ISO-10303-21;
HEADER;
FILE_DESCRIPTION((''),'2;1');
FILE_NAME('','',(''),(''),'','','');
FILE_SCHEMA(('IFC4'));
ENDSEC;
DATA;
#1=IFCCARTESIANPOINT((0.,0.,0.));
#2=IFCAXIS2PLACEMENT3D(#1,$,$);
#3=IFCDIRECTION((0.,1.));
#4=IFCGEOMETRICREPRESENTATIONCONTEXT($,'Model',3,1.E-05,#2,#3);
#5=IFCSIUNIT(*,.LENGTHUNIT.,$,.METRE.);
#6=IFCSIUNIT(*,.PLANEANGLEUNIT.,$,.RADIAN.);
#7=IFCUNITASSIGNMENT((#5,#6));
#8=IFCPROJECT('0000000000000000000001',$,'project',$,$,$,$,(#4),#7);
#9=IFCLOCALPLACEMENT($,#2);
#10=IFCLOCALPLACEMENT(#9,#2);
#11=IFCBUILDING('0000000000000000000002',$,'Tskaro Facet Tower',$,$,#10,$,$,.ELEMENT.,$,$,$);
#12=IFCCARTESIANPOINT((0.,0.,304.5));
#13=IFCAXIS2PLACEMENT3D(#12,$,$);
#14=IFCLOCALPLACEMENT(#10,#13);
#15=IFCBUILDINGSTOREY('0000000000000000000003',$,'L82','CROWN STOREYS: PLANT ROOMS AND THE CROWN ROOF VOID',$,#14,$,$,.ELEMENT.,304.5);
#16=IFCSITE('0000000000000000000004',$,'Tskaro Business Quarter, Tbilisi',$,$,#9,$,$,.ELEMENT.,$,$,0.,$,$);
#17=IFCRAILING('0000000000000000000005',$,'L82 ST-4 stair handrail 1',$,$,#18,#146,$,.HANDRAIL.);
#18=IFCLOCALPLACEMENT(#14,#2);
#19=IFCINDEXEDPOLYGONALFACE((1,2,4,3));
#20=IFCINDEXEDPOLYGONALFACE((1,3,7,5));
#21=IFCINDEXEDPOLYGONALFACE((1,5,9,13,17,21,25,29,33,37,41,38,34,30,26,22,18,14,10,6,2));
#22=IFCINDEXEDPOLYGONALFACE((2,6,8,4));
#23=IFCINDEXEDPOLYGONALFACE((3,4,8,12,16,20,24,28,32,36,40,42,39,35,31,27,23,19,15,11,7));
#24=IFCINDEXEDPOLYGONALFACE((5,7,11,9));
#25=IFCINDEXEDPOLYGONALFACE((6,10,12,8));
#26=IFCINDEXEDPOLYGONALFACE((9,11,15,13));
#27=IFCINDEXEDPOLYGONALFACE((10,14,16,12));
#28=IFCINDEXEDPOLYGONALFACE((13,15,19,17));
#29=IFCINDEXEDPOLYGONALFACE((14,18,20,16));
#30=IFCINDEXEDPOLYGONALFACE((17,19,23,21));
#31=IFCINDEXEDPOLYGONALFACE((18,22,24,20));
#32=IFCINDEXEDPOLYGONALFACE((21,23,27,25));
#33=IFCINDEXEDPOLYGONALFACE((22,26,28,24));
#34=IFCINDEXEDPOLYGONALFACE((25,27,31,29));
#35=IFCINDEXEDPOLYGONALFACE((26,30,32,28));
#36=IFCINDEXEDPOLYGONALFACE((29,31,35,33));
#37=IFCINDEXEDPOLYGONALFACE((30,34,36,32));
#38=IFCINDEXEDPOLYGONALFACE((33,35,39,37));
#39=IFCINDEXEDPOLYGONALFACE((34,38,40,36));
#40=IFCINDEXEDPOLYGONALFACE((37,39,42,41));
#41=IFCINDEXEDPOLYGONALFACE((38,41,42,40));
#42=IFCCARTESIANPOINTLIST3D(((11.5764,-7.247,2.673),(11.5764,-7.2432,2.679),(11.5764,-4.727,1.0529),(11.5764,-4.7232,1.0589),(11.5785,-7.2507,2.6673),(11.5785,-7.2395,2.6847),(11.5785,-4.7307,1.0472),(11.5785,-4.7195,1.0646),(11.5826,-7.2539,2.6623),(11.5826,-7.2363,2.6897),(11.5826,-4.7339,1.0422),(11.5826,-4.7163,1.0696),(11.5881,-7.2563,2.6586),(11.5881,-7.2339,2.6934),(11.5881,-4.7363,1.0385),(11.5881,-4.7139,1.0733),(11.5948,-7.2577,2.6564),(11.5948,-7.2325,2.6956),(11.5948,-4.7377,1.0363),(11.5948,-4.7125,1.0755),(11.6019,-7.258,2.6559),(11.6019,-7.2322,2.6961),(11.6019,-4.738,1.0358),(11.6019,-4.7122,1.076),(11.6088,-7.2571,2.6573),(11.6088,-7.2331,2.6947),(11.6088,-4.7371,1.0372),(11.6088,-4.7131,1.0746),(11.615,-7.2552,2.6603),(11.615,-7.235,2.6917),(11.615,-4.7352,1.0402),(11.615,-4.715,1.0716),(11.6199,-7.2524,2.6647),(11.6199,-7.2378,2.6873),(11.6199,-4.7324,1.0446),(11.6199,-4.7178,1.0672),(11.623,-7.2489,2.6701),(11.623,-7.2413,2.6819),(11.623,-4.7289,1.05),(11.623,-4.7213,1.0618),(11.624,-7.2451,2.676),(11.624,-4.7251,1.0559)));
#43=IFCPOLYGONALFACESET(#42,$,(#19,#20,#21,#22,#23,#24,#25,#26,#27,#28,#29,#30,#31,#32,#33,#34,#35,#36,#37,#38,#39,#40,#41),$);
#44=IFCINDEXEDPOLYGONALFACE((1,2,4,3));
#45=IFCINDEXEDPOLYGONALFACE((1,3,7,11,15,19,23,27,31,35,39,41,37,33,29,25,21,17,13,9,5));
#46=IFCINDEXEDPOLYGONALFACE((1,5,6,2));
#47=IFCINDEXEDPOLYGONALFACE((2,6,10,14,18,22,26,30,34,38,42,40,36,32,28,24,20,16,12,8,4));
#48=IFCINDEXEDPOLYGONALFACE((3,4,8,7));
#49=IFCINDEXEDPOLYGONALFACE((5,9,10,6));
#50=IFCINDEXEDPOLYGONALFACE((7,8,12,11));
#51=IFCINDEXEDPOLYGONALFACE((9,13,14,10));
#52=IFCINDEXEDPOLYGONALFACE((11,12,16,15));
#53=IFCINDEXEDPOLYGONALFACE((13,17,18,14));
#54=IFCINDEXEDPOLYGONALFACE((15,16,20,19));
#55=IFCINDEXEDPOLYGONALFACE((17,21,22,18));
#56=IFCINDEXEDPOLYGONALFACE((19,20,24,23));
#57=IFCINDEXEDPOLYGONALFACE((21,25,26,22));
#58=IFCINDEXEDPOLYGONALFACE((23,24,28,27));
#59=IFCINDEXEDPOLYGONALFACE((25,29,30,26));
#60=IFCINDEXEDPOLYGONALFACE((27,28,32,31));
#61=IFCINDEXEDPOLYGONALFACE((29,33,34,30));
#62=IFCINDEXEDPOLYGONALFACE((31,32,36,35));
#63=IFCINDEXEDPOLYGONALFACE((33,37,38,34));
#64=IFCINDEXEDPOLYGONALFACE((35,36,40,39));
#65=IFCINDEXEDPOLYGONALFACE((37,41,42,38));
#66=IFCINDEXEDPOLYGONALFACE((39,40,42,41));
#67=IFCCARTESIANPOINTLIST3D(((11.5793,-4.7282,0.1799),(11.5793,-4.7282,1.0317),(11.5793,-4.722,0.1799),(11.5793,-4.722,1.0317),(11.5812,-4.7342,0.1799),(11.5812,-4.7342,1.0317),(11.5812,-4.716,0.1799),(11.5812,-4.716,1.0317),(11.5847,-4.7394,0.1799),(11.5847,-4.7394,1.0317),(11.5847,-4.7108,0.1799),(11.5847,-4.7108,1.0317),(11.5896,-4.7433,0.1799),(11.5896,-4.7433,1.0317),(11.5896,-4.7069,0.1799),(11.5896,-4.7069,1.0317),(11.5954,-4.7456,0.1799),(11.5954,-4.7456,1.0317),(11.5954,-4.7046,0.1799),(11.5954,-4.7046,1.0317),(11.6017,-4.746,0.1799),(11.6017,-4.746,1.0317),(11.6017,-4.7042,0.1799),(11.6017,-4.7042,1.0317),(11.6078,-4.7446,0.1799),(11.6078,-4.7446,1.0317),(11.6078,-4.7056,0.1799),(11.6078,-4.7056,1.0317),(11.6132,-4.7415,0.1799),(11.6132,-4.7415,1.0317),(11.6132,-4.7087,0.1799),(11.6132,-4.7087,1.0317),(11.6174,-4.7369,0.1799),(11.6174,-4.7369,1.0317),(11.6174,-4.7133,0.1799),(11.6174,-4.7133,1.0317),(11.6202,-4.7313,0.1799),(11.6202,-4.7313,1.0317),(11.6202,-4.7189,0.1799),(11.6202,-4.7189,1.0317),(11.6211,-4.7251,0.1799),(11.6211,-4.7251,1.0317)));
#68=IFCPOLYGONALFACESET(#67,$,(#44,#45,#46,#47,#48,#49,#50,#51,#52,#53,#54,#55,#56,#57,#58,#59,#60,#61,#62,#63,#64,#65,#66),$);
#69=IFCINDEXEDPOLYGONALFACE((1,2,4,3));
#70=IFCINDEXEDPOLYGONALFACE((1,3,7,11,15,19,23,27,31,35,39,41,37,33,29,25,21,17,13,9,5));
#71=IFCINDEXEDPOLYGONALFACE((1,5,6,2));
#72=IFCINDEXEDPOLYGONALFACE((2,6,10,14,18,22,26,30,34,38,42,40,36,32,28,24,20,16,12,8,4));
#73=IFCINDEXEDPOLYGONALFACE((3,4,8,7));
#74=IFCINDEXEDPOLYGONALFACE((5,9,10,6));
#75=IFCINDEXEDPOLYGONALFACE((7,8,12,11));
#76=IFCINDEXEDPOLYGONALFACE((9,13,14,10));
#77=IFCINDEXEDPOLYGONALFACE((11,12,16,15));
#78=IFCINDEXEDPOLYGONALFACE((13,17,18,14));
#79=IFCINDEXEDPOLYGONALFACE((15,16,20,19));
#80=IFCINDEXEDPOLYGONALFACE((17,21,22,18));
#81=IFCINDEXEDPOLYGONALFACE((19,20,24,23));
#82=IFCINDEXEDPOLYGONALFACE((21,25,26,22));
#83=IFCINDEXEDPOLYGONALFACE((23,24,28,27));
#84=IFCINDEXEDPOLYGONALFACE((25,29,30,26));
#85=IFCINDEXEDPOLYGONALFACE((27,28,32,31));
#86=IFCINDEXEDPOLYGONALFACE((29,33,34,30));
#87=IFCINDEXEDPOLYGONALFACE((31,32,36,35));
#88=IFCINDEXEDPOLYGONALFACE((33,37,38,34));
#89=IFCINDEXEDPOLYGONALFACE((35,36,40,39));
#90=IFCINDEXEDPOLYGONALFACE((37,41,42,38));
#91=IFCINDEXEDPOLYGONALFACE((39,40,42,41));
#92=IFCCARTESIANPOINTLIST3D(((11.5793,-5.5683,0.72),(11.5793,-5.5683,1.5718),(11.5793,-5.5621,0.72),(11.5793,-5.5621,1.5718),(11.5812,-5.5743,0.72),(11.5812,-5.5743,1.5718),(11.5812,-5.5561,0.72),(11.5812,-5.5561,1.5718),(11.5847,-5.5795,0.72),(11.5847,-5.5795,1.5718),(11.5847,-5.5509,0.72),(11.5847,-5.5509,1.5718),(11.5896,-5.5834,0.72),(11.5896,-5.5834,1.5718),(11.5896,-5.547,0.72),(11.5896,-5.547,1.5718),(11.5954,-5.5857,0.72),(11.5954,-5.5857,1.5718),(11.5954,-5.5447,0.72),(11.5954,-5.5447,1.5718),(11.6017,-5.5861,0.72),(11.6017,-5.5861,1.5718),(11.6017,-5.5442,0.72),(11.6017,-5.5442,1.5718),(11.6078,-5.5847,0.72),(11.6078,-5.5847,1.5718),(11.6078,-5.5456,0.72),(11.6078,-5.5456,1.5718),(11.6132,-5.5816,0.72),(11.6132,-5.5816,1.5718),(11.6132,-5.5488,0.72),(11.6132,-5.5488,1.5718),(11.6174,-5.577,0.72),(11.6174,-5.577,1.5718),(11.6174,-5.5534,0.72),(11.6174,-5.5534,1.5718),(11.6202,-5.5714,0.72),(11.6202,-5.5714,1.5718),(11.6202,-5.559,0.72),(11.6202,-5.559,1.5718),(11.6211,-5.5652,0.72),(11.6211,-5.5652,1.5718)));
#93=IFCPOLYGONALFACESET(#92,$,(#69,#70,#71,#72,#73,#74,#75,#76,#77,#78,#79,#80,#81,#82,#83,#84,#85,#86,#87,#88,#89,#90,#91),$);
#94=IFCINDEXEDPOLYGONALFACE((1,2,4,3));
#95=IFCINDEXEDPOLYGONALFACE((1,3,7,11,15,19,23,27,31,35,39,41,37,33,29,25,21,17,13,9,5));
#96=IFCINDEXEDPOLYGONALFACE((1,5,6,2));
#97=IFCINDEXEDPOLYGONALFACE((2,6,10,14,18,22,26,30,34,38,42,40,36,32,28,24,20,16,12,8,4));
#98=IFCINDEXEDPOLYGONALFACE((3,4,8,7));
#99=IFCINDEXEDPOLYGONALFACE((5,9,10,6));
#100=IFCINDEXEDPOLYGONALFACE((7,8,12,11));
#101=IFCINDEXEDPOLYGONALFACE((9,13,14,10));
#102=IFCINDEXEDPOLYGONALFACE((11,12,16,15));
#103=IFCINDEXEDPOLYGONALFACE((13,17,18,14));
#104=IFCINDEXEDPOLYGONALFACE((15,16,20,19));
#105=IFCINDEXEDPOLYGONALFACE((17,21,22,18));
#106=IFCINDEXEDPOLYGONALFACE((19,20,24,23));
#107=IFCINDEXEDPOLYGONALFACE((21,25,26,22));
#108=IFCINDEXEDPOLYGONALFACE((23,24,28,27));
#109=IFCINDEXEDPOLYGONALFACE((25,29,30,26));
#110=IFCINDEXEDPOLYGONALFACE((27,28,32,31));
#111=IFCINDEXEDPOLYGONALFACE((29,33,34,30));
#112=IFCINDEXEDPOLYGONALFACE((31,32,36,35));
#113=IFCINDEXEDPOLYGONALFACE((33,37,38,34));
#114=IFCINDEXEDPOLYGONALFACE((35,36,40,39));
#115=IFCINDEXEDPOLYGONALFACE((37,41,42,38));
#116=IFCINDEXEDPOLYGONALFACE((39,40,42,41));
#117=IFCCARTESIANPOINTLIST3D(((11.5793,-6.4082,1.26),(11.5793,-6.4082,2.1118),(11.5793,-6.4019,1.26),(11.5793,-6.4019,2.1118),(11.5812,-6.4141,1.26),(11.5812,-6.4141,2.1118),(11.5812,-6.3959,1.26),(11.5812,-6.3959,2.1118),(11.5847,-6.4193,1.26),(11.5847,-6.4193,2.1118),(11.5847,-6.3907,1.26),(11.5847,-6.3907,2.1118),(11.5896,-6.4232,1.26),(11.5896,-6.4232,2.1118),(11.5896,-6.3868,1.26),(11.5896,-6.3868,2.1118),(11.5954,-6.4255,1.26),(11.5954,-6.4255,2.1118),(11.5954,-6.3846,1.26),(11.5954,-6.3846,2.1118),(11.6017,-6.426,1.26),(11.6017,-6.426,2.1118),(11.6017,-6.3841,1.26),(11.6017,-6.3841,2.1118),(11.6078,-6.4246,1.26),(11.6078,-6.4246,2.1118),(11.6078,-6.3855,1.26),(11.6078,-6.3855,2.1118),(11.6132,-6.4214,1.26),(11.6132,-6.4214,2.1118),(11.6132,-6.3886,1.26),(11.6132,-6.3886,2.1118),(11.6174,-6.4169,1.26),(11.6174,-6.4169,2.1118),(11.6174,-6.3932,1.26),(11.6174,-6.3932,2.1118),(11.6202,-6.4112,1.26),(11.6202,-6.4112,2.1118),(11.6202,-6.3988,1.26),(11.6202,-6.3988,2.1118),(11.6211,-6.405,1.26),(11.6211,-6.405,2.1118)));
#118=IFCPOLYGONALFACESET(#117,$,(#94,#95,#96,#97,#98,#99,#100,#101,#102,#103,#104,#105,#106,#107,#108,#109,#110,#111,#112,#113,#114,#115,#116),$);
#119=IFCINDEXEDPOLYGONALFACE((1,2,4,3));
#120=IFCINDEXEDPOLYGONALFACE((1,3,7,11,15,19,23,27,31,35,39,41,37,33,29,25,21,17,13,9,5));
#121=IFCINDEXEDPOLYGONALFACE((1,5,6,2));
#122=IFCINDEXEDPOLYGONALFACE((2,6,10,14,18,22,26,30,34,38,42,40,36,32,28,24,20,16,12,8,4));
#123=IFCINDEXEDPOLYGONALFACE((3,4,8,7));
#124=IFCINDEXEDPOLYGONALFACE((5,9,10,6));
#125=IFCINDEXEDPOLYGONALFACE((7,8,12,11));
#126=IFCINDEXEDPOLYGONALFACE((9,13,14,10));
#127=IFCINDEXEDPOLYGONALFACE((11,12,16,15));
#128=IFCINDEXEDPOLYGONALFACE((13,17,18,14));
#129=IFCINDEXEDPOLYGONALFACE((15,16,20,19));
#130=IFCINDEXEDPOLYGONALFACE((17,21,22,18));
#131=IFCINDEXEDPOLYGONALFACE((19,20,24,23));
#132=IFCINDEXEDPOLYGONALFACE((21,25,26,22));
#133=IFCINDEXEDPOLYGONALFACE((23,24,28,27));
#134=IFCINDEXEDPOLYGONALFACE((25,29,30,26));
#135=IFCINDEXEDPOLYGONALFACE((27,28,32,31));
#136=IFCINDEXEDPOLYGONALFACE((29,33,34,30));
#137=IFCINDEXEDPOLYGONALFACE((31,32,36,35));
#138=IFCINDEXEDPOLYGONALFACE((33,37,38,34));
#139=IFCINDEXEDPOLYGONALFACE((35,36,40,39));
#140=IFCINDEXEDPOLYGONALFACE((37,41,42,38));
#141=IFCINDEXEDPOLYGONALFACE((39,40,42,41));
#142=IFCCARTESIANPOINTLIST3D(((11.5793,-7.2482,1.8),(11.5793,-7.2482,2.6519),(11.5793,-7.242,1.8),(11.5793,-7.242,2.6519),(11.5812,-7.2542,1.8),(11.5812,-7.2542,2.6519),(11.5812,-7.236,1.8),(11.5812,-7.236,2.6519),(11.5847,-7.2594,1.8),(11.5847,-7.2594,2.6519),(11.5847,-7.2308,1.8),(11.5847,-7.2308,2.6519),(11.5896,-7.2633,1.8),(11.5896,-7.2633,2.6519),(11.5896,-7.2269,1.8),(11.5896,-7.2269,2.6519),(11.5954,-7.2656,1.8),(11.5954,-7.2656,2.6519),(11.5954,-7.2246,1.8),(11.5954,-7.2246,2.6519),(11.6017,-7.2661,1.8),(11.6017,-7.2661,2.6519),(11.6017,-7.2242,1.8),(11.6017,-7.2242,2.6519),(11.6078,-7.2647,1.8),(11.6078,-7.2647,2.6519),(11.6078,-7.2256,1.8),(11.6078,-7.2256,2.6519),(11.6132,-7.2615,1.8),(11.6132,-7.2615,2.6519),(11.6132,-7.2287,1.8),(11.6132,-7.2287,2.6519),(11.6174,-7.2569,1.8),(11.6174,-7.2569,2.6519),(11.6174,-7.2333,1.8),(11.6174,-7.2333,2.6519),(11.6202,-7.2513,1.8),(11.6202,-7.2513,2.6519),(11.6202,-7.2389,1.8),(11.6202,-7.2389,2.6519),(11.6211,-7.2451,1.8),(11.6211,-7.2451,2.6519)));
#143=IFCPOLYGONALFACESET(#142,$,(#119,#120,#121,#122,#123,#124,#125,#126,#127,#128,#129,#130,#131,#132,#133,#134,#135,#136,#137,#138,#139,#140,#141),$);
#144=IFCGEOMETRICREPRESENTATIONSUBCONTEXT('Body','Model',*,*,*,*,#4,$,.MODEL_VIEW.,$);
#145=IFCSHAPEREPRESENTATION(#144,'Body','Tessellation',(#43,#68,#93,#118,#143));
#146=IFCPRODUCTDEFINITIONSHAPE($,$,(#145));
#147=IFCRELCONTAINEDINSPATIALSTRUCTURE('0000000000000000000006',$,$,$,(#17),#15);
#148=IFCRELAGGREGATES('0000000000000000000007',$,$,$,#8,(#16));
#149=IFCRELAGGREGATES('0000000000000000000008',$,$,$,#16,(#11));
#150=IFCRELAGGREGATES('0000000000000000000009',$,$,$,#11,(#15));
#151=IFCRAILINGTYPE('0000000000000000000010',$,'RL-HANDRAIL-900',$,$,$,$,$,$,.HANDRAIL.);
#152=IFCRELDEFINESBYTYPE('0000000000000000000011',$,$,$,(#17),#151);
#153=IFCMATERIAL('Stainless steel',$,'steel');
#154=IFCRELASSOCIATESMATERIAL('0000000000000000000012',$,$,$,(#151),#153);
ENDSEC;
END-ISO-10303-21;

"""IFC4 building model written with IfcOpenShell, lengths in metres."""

from ifc_helpers import new_model, si_unit, direction, frame, origin, origin_2d, place, context, subcontext, project, spatial, circle, extrude, material, type_object, element, save


model = new_model("IFC4")

# Units and contexts
model_context = context("Model", 3, precision=1e-05, world=origin(), true_north=direction((0.0, 1.0)))
body_context = subcontext(model_context, "Body", "Model", "MODEL_VIEW")
ifc_project = project(units=[si_unit("LENGTHUNIT", "METRE"), si_unit("PLANEANGLEUNIT", "RADIAN")], contexts=[model_context])

# Site, building, storey
site_placement = place(None, origin())
site = spatial("IfcSite", under=ifc_project, at=site_placement, Name="Tskaro Business Quarter, Tbilisi", CompositionType="ELEMENT", RefElevation=0.0)
building_placement = place(site_placement, origin())
building = spatial("IfcBuilding", under=site, at=building_placement, Name="Tskaro Facet Tower", CompositionType="ELEMENT")
storey_placement = place(building_placement, frame((0.0, 0.0, 304.5)))
storey = spatial("IfcBuildingStorey", under=building, at=storey_placement, Name="L82", Description="CROWN STOREYS: PLANT ROOMS AND THE CROWN ROOF VOID", CompositionType="ELEMENT", Elevation=304.5)

# Railing
ifc_material_1 = material(Name="Stainless steel", Category="steel")
railing_type_1 = type_object("IfcRailingType", Name="RL-HANDRAIL-900", PredefinedType="HANDRAIL", material=ifc_material_1)
railing_1_placement = place(storey_placement, frame((11.6001, -4.7251, 0.1799)))
element("IfcRailing", 1, at=railing_1_placement, inside=storey, type_object=railing_type_1, Name="L82 ST-4 stair handrail 1", PredefinedType="HANDRAIL", context=body_context, shape_type="SweptSolid", body=[
    extrude(circle(Radius=0.0239, at=origin_2d()), frame((0.0, 0.0, 0.876), z_axis=(0.0, -0.841163, 0.540782), x_axis=(1.0, 0.0, 0.0)), (0.0, 0.0, 1.0), 2.9958),
    extrude(circle(Radius=0.021, at=origin_2d()), origin(), (0.0, 0.0, 1.0), 0.8518),
    extrude(circle(Radius=0.021, at=origin_2d()), frame((0.0, -0.8401, 0.54)), (0.0, 0.0, 1.0), 0.8518),
    extrude(circle(Radius=0.021, at=origin_2d()), frame((0.0, -1.6799, 1.0801)), (0.0, 0.0, 1.0), 0.8518),
    extrude(circle(Radius=0.021, at=origin_2d()), frame((0.0, -2.52, 1.6201)), (0.0, 0.0, 1.0), 0.8518),
])

save(model, "model.ifc")
